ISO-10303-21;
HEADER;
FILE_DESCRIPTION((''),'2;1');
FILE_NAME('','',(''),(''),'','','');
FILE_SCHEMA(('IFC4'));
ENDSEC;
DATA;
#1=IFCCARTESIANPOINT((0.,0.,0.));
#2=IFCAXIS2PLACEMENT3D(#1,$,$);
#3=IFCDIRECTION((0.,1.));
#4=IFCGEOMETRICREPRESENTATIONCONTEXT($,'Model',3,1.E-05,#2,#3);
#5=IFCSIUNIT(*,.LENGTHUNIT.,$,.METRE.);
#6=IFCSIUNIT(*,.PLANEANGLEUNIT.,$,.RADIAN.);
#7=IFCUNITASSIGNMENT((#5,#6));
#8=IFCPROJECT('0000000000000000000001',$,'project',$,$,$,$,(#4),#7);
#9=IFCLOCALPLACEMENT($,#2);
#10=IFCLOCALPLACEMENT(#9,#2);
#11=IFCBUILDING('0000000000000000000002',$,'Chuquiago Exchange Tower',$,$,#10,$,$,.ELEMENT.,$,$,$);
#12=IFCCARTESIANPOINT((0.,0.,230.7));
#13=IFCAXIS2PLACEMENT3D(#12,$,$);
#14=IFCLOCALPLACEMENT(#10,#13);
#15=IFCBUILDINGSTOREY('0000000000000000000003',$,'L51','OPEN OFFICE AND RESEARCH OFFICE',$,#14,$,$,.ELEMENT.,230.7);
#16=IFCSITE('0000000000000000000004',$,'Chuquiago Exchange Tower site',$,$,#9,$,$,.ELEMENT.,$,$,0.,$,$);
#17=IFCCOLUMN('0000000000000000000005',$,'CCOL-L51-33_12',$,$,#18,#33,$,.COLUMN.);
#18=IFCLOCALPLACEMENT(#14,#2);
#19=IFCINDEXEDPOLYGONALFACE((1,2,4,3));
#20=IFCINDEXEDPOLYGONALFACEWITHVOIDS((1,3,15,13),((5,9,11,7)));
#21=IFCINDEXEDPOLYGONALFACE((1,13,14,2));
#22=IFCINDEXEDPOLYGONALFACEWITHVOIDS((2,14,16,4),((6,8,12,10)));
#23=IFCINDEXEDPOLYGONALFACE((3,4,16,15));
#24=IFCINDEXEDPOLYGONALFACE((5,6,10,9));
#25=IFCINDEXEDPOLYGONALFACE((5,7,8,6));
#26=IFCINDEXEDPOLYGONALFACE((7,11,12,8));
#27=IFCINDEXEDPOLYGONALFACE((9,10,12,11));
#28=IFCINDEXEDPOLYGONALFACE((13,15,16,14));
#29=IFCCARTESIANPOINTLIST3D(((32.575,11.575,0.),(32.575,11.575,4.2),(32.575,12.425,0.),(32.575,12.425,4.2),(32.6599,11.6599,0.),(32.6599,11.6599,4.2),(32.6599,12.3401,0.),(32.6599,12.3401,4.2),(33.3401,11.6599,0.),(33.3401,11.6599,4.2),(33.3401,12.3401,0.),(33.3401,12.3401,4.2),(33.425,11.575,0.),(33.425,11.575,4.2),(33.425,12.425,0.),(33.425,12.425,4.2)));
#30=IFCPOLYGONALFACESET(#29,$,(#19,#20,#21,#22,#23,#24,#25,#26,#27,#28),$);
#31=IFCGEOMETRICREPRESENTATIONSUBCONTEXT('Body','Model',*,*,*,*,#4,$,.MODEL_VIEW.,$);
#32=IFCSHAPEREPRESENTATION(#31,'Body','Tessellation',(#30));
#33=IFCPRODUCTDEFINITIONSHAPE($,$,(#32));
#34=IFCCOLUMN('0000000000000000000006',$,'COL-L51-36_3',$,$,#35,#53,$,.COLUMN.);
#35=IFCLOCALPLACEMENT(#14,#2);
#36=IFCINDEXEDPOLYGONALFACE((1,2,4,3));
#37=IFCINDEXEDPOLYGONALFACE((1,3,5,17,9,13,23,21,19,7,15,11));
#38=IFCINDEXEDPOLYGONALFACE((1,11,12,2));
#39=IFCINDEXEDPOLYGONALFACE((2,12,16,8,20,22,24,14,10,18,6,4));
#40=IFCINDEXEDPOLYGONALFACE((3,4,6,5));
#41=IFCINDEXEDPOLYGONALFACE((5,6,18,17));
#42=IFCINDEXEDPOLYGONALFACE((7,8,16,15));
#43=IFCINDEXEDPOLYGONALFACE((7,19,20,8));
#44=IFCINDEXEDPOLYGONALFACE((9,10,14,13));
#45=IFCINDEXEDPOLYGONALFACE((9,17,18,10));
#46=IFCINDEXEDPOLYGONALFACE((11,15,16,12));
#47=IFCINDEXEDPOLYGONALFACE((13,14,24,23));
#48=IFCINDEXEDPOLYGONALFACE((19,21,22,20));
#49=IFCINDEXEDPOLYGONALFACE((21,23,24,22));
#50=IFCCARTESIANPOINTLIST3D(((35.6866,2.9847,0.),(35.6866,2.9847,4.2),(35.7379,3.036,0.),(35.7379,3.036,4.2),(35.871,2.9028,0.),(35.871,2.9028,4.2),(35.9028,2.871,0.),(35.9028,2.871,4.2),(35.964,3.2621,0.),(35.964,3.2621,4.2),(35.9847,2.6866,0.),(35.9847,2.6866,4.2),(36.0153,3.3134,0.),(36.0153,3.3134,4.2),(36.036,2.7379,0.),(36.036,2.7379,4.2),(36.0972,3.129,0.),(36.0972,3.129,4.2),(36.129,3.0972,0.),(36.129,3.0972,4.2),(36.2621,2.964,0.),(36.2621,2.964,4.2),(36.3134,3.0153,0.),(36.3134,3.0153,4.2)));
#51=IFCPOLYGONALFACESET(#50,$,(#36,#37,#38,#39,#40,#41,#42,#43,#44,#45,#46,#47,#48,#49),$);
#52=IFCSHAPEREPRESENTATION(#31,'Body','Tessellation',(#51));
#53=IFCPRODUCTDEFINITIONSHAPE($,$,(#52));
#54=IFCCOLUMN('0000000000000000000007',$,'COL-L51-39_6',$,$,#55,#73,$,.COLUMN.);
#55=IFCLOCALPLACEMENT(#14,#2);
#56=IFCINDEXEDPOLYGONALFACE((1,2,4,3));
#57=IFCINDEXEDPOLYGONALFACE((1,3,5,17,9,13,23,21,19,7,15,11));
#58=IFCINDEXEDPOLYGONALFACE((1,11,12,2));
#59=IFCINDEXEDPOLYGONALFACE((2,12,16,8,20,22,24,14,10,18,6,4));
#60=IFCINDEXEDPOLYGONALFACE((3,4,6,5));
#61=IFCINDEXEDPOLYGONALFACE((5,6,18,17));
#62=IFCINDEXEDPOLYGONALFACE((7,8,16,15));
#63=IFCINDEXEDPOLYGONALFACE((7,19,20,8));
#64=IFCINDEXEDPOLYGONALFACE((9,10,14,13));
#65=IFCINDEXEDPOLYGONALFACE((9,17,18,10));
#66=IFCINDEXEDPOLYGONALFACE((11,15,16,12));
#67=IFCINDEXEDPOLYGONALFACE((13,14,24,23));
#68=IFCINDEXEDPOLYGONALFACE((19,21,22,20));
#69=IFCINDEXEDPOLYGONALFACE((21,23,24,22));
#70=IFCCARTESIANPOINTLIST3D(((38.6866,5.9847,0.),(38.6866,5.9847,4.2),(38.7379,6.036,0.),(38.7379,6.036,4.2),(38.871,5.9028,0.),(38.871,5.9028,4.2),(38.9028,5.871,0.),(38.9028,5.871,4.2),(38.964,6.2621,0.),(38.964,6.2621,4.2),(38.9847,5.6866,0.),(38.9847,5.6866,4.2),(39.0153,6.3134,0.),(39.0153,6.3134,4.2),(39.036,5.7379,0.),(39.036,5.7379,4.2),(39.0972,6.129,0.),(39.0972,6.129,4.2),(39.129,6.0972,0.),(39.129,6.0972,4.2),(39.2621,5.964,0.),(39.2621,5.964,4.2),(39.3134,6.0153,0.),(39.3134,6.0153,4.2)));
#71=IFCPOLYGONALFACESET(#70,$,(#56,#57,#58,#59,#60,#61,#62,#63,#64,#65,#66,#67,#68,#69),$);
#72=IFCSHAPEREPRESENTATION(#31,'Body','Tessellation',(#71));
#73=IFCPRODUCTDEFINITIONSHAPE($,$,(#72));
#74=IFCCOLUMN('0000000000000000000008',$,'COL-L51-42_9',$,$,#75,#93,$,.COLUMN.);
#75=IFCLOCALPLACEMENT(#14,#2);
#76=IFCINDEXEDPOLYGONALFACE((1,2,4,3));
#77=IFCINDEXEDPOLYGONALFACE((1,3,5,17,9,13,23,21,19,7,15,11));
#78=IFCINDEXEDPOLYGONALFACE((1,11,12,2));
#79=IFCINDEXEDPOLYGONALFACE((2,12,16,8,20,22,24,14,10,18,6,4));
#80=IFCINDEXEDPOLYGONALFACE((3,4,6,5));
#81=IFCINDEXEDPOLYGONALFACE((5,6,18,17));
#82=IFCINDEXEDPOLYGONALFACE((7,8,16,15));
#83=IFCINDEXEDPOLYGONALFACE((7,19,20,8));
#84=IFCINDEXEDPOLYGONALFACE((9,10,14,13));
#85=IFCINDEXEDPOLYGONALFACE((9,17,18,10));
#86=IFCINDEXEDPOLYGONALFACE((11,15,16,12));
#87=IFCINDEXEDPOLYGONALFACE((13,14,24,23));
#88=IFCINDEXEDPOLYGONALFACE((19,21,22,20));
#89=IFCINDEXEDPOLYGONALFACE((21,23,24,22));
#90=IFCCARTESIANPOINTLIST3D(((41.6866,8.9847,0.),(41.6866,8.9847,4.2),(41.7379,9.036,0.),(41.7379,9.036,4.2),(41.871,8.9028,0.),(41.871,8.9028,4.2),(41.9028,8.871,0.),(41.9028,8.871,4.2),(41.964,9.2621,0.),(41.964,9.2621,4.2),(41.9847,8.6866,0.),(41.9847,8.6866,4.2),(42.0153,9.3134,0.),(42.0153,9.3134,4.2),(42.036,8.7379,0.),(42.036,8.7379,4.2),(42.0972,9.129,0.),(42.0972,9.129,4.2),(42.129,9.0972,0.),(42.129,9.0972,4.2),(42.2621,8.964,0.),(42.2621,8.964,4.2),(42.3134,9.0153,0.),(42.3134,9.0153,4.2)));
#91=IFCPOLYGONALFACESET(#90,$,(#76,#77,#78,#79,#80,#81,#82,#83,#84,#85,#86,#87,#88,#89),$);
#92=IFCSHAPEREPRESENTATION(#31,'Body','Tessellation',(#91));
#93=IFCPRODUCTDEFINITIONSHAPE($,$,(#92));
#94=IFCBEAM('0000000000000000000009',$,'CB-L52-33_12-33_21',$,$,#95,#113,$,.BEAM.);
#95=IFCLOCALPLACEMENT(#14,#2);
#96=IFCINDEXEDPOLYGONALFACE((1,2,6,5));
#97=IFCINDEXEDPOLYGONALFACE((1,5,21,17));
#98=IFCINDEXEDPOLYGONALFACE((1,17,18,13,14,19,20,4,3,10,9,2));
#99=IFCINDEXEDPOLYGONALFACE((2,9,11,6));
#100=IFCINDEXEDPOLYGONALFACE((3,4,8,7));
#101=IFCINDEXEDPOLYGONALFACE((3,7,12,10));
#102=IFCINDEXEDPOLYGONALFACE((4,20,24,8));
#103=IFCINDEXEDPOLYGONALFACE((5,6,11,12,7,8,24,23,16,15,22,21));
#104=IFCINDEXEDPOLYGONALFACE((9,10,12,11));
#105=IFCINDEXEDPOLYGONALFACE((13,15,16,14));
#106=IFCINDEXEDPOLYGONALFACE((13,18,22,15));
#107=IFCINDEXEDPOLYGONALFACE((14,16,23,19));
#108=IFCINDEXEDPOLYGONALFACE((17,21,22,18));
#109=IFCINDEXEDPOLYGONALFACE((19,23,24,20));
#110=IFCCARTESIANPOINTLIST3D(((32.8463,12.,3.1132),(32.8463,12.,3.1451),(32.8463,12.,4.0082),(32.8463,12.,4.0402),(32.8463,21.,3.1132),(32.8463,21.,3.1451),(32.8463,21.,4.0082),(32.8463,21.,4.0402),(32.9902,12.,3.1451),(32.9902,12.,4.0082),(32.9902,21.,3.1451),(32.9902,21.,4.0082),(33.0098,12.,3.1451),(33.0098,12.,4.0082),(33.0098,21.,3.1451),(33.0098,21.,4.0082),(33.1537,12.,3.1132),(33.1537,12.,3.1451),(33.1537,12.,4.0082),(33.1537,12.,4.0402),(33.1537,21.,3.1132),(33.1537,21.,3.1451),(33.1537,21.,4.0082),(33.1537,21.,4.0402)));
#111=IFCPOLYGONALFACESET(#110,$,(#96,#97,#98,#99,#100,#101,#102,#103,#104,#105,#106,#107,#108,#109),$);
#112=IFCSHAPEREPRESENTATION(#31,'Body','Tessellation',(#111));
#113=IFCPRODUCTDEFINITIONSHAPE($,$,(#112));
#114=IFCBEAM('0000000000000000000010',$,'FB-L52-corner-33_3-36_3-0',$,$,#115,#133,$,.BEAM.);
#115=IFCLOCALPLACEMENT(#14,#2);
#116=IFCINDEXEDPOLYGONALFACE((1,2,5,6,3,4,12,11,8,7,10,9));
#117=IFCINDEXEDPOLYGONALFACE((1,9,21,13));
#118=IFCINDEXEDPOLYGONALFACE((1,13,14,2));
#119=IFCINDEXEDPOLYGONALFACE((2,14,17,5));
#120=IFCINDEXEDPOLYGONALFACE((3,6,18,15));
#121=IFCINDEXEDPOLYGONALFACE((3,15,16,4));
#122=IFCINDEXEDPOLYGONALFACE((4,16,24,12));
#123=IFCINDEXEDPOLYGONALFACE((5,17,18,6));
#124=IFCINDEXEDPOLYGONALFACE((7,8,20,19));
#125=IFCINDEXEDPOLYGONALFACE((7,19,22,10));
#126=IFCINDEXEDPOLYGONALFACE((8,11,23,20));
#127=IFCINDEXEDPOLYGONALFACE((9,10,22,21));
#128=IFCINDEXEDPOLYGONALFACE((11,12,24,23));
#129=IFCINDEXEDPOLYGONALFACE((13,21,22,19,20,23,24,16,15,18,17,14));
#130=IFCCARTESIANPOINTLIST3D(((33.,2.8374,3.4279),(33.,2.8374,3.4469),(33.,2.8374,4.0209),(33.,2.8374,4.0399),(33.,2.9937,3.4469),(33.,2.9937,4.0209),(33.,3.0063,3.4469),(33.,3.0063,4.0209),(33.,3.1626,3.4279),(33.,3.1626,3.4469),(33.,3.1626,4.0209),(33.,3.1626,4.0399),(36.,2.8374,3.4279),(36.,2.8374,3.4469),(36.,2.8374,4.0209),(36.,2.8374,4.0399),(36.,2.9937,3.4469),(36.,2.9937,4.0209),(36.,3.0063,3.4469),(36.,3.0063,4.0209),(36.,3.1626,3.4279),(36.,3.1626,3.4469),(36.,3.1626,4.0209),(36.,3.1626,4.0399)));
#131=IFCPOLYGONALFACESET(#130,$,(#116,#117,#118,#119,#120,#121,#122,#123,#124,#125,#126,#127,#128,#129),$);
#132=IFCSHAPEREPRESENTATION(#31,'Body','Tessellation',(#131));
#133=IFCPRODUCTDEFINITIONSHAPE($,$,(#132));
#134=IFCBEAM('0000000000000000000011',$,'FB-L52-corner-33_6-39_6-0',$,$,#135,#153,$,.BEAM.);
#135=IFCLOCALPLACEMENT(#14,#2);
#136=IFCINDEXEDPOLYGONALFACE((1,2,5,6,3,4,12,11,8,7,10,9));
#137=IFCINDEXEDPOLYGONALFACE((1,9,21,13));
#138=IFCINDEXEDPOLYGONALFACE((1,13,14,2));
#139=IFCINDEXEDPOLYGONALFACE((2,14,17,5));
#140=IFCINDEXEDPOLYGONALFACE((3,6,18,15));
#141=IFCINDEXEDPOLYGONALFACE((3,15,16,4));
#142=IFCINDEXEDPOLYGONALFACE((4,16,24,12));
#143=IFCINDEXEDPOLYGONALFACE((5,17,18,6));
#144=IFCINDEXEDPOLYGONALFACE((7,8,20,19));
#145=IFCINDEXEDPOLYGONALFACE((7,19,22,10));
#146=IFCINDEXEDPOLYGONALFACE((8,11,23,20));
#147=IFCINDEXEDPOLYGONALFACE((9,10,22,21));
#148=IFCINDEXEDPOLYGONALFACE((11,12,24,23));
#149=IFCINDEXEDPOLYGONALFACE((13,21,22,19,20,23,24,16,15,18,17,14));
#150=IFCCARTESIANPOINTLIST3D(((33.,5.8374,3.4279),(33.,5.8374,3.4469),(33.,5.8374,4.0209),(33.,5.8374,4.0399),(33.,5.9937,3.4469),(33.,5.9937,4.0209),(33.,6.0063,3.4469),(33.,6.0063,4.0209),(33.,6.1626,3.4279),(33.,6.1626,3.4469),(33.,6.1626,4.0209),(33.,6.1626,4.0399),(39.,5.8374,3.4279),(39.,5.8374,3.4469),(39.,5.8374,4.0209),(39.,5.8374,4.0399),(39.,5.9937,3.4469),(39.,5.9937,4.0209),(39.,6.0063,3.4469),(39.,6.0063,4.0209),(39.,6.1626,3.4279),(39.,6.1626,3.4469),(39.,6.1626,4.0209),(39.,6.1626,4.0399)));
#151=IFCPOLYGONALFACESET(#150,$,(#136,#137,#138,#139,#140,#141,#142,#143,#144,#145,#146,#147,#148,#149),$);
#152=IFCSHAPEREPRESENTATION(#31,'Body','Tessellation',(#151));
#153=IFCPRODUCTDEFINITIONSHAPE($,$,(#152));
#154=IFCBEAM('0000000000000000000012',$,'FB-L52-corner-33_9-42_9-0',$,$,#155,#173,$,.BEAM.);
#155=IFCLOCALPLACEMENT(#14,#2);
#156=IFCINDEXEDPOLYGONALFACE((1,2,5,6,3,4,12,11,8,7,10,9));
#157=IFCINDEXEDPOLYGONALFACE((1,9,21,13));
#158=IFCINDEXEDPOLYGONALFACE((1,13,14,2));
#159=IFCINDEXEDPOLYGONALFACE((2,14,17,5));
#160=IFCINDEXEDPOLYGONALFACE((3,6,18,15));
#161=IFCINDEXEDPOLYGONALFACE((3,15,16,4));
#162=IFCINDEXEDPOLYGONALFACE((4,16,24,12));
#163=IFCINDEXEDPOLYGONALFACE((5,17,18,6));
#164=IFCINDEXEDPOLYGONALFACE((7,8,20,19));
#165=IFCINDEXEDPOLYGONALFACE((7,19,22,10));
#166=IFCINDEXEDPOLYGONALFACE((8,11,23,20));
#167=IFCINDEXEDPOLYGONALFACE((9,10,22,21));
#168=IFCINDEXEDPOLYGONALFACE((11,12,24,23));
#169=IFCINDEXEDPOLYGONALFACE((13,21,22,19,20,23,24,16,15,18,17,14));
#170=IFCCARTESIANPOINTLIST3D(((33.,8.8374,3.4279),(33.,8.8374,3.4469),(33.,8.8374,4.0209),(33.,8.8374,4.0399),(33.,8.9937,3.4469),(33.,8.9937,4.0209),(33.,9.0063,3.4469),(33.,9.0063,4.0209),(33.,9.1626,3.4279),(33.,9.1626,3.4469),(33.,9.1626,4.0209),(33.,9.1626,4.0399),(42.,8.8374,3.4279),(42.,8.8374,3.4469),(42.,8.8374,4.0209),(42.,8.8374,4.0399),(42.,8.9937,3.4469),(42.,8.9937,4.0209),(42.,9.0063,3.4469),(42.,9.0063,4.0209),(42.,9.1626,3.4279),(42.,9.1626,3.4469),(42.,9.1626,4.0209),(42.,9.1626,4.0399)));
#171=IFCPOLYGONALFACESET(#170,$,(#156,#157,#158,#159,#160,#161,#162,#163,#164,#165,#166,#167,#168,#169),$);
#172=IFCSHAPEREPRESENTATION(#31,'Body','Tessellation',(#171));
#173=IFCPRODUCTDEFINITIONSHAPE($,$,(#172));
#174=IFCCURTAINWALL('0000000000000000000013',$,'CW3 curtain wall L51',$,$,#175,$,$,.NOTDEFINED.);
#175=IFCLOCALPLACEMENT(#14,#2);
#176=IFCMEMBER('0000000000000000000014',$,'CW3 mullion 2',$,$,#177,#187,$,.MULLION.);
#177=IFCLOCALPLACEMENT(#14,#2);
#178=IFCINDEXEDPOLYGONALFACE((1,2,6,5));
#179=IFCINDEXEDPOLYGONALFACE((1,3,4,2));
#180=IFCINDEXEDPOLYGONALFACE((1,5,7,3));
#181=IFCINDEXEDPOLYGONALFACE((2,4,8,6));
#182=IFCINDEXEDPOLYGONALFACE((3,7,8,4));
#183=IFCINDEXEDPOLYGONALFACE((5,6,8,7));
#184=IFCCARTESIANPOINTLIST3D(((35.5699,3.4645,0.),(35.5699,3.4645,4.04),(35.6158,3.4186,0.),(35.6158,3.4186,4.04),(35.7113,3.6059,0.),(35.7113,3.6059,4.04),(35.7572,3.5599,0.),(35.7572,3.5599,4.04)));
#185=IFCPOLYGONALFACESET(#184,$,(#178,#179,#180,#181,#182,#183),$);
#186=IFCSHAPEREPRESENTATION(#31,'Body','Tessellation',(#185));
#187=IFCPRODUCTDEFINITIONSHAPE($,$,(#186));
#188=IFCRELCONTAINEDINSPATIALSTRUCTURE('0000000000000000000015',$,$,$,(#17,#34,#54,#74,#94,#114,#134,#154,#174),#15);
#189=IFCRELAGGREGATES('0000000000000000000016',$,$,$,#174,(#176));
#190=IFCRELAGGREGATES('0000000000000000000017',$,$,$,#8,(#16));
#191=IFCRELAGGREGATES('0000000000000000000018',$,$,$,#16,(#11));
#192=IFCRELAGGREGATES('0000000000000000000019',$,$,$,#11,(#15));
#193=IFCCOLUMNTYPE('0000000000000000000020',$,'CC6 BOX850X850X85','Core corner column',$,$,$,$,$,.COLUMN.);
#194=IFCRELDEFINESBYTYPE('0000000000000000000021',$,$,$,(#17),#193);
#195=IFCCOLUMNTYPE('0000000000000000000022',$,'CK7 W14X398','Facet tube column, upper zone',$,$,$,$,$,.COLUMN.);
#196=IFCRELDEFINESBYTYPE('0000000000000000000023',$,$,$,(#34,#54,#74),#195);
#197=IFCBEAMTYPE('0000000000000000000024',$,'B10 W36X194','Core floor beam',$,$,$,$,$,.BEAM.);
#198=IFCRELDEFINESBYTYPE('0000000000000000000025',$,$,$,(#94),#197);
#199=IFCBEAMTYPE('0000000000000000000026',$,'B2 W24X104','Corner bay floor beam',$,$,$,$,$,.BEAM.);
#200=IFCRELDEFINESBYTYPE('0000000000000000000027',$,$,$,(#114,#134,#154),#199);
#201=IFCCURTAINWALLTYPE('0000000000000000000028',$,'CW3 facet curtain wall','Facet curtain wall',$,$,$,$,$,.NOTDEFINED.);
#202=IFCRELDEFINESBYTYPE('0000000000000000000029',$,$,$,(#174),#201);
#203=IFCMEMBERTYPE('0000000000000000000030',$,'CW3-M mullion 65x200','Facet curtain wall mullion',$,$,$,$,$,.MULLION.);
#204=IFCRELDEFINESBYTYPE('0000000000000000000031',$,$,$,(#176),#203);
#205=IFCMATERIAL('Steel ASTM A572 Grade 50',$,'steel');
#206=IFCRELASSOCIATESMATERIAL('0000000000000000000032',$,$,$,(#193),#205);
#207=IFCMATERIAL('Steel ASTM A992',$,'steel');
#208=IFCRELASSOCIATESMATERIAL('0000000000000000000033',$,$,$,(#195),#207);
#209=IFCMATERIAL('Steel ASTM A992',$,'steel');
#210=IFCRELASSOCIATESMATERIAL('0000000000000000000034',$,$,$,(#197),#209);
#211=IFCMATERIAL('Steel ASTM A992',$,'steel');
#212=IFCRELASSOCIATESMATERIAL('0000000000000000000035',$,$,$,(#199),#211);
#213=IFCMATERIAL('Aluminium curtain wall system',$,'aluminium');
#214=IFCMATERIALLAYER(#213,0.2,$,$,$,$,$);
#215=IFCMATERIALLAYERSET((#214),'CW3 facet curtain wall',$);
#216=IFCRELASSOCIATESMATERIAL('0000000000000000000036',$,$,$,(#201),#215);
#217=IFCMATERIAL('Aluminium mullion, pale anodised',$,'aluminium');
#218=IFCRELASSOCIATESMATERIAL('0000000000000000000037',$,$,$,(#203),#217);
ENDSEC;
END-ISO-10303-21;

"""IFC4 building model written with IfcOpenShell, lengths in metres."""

from ifc_helpers import new_model, si_unit, direction, frame, origin, origin_2d, place, context, subcontext, project, spatial, rectangle, hollow_rectangle, i_section, extrude, material, layer, layer_set, material_profile, profile_set, type_object, element, aggregate, save


model = new_model("IFC4")

# Units and contexts
model_context = context("Model", 3, precision=1e-05, world=origin(), true_north=direction((0.0, 1.0)))
body_context = subcontext(model_context, "Body", "Model", "MODEL_VIEW")
ifc_project = project(units=[si_unit("LENGTHUNIT", "METRE"), si_unit("PLANEANGLEUNIT", "RADIAN")], contexts=[model_context])

# Site, building, storey
site_placement = place(None, origin())
site = spatial("IfcSite", under=ifc_project, at=site_placement, Name="Chuquiago Exchange Tower site", CompositionType="ELEMENT", RefElevation=0.0)
building_placement = place(site_placement, origin())
building = spatial("IfcBuilding", under=site, at=building_placement, Name="Chuquiago Exchange Tower", CompositionType="ELEMENT")
storey_placement = place(building_placement, frame((0.0, 0.0, 230.7)))
storey = spatial("IfcBuildingStorey", under=building, at=storey_placement, Name="L51", Description="OPEN OFFICE AND RESEARCH OFFICE", CompositionType="ELEMENT", Elevation=230.7)

# Columns
ifc_material_1 = material(Name="Steel ASTM A572 Grade 50", Category="steel")
ifc_material_profile_1 = material_profile(ifc_material_1, hollow_rectangle(XDim=0.8501, YDim=0.8501, WallThickness=0.085, at=origin_2d()), Name="BOX850X850X85")
ifc_profile_set_1 = profile_set([ifc_material_profile_1], Name="Steel ASTM A572 Grade 50")
column_type_1 = type_object("IfcColumnType", Name="CC6 BOX850X850X85", Description="Core corner column", PredefinedType="COLUMN", material=ifc_profile_set_1)
column_placement = place(storey_placement, frame((33.0, 12.0, 0.0), z_axis=(0.0, 0.0, 1.0), x_axis=(1.0, 0.0, 0.0)))
element("IfcColumn", 1, at=column_placement, inside=storey, type_object=column_type_1, Name="CCOL-L51-33_12", PredefinedType="COLUMN", context=body_context, shape_type="SweptSolid", body=[
    extrude(hollow_rectangle(XDim=0.8501, YDim=0.8501, WallThickness=0.085, at=origin_2d()), origin(), (0.0, 0.0, 1.0), 4.2),
])
ifc_material_2 = material(Name="Steel ASTM A992", Category="steel")
ifc_material_profile_2 = material_profile(ifc_material_2, i_section(OverallWidth=0.4216, OverallDepth=0.4648, WebThickness=0.0449, FlangeThickness=0.0725, at=origin_2d()), Name="W14X398")
ifc_profile_set_2 = profile_set([ifc_material_profile_2], Name="Steel ASTM A992")
column_type_2 = type_object("IfcColumnType", Name="CK7 W14X398", Description="Facet tube column, upper zone", PredefinedType="COLUMN", material=ifc_profile_set_2)
for number, where, z_axis, x_axis, name in (
    (2, (36.0, 3.0, 0.0), (0.0, 0.0, 1.0), (0.707107, -0.707107, 0.0), "COL-L51-36_3"),
    (3, (39.0, 6.0, 0.0), (0.0, 0.0, 1.0), (0.707107, -0.707107, 0.0), "COL-L51-39_6"),
    (4, (42.0, 9.0, 0.0), (0.0, 0.0, 1.0), (0.707107, -0.707107, 0.0), "COL-L51-42_9"),
):
    element("IfcColumn", number, at=place(storey_placement, frame(where, z_axis=z_axis, x_axis=x_axis)), inside=storey, type_object=column_type_2, Name=name, PredefinedType="COLUMN", context=body_context, shape_type="SweptSolid", body=[
        extrude(i_section(OverallWidth=0.4216, OverallDepth=0.4648, WebThickness=0.0449, FlangeThickness=0.0725, at=origin_2d()), origin(), (0.0, 0.0, 1.0), 4.2),
    ])

# Beams
ifc_material_3 = material(Name="Steel ASTM A992", Category="steel")
ifc_material_profile_3 = material_profile(ifc_material_3, i_section(OverallWidth=0.3074, OverallDepth=0.927, WebThickness=0.0195, FlangeThickness=0.032, at=origin_2d()), Name="W36X194")
ifc_profile_set_3 = profile_set([ifc_material_profile_3], Name="Steel ASTM A992")
beam_type_1 = type_object("IfcBeamType", Name="B10 W36X194", Description="Core floor beam", PredefinedType="BEAM", material=ifc_profile_set_3)
beam_1_placement = place(storey_placement, frame((33.0, 12.0, 3.5767), z_axis=(0.0, 1.0, 0.0), x_axis=(-1.0, 0.0, 0.0)))
element("IfcBeam", 5, at=beam_1_placement, inside=storey, type_object=beam_type_1, Name="CB-L52-33_12-33_21", PredefinedType="BEAM", context=body_context, shape_type="SweptSolid", body=[
    extrude(i_section(OverallWidth=0.3074, OverallDepth=0.927, WebThickness=0.0195, FlangeThickness=0.032, at=origin_2d()), origin(), (0.0, 0.0, 1.0), 9.0),
])
ifc_material_4 = material(Name="Steel ASTM A992", Category="steel")
ifc_material_profile_4 = material_profile(ifc_material_4, i_section(OverallWidth=0.3252, OverallDepth=0.6121, WebThickness=0.0127, FlangeThickness=0.019, at=origin_2d()), Name="W24X104")
ifc_profile_set_4 = profile_set([ifc_material_profile_4], Name="Steel ASTM A992")
beam_type_2 = type_object("IfcBeamType", Name="B2 W24X104", Description="Corner bay floor beam", PredefinedType="BEAM", material=ifc_profile_set_4)
beam_2_placement = place(storey_placement, frame((33.0, 3.0, 3.7339), z_axis=(1.0, 0.0, 0.0), x_axis=(0.0, 1.0, 0.0)))
element("IfcBeam", 6, at=beam_2_placement, inside=storey, type_object=beam_type_2, Name="FB-L52-corner-33_3-36_3-0", PredefinedType="BEAM", context=body_context, shape_type="SweptSolid", body=[
    extrude(i_section(OverallWidth=0.3252, OverallDepth=0.6121, WebThickness=0.0127, FlangeThickness=0.019, at=origin_2d()), origin(), (0.0, 0.0, 1.0), 3.0),
])
beam_3_placement = place(storey_placement, frame((33.0, 6.0, 3.7339), z_axis=(1.0, 0.0, 0.0), x_axis=(0.0, 1.0, 0.0)))
element("IfcBeam", 7, at=beam_3_placement, inside=storey, type_object=beam_type_2, Name="FB-L52-corner-33_6-39_6-0", PredefinedType="BEAM", context=body_context, shape_type="SweptSolid", body=[
    extrude(i_section(OverallWidth=0.3252, OverallDepth=0.6121, WebThickness=0.0127, FlangeThickness=0.019, at=origin_2d()), origin(), (0.0, 0.0, 1.0), 6.0),
])
beam_4_placement = place(storey_placement, frame((33.0, 9.0, 3.7339), z_axis=(1.0, 0.0, 0.0), x_axis=(0.0, 1.0, 0.0)))
element("IfcBeam", 8, at=beam_4_placement, inside=storey, type_object=beam_type_2, Name="FB-L52-corner-33_9-42_9-0", PredefinedType="BEAM", context=body_context, shape_type="SweptSolid", body=[
    extrude(i_section(OverallWidth=0.3252, OverallDepth=0.6121, WebThickness=0.0127, FlangeThickness=0.019, at=origin_2d()), origin(), (0.0, 0.0, 1.0), 9.0),
])

# Curtain wall, member
ifc_material_5 = material(Name="Aluminium curtain wall system", Category="aluminium")
ifc_layer_1 = layer(ifc_material_5, 0.2)
ifc_layer_set_1 = layer_set([ifc_layer_1], Name="CW3 facet curtain wall")
curtain_wall_type = type_object("IfcCurtainWallType", Name="CW3 facet curtain wall", Description="Facet curtain wall", PredefinedType="NOTDEFINED", material=ifc_layer_set_1)
curtain_wall_placement = place(storey_placement, origin())
curtain_wall = element("IfcCurtainWall", 9, at=curtain_wall_placement, inside=storey, type_object=curtain_wall_type, Name="CW3 curtain wall L51", PredefinedType="NOTDEFINED")
ifc_material_6 = material(Name="Aluminium mullion, pale anodised", Category="aluminium")
ifc_material_profile_5 = material_profile(ifc_material_6, rectangle(XDim=0.0649, YDim=0.2, at=origin_2d()), Name="AL 65x200")
ifc_profile_set_5 = profile_set([ifc_material_profile_5], Name="Aluminium mullion, pale anodised")
member_type_1 = type_object("IfcMemberType", Name="CW3-M mullion 65x200", Description="Facet curtain wall mullion", PredefinedType="MULLION", material=ifc_profile_set_5)
member_1_placement = place(storey_placement, frame((35.6636, 3.5122, 0.0), z_axis=(0.0, 0.0, 1.0), x_axis=(-0.707107, 0.707107, 0.0)))
member_1 = element("IfcMember", 10, at=member_1_placement, type_object=member_type_1, Name="CW3 mullion 2", PredefinedType="MULLION", context=body_context, shape_type="SweptSolid", body=[
    extrude(rectangle(XDim=0.0649, YDim=0.2, at=origin_2d()), origin(), (0.0, 0.0, 1.0), 4.04),
])

aggregate(curtain_wall, [member_1])

save(model, "model.ifc")
